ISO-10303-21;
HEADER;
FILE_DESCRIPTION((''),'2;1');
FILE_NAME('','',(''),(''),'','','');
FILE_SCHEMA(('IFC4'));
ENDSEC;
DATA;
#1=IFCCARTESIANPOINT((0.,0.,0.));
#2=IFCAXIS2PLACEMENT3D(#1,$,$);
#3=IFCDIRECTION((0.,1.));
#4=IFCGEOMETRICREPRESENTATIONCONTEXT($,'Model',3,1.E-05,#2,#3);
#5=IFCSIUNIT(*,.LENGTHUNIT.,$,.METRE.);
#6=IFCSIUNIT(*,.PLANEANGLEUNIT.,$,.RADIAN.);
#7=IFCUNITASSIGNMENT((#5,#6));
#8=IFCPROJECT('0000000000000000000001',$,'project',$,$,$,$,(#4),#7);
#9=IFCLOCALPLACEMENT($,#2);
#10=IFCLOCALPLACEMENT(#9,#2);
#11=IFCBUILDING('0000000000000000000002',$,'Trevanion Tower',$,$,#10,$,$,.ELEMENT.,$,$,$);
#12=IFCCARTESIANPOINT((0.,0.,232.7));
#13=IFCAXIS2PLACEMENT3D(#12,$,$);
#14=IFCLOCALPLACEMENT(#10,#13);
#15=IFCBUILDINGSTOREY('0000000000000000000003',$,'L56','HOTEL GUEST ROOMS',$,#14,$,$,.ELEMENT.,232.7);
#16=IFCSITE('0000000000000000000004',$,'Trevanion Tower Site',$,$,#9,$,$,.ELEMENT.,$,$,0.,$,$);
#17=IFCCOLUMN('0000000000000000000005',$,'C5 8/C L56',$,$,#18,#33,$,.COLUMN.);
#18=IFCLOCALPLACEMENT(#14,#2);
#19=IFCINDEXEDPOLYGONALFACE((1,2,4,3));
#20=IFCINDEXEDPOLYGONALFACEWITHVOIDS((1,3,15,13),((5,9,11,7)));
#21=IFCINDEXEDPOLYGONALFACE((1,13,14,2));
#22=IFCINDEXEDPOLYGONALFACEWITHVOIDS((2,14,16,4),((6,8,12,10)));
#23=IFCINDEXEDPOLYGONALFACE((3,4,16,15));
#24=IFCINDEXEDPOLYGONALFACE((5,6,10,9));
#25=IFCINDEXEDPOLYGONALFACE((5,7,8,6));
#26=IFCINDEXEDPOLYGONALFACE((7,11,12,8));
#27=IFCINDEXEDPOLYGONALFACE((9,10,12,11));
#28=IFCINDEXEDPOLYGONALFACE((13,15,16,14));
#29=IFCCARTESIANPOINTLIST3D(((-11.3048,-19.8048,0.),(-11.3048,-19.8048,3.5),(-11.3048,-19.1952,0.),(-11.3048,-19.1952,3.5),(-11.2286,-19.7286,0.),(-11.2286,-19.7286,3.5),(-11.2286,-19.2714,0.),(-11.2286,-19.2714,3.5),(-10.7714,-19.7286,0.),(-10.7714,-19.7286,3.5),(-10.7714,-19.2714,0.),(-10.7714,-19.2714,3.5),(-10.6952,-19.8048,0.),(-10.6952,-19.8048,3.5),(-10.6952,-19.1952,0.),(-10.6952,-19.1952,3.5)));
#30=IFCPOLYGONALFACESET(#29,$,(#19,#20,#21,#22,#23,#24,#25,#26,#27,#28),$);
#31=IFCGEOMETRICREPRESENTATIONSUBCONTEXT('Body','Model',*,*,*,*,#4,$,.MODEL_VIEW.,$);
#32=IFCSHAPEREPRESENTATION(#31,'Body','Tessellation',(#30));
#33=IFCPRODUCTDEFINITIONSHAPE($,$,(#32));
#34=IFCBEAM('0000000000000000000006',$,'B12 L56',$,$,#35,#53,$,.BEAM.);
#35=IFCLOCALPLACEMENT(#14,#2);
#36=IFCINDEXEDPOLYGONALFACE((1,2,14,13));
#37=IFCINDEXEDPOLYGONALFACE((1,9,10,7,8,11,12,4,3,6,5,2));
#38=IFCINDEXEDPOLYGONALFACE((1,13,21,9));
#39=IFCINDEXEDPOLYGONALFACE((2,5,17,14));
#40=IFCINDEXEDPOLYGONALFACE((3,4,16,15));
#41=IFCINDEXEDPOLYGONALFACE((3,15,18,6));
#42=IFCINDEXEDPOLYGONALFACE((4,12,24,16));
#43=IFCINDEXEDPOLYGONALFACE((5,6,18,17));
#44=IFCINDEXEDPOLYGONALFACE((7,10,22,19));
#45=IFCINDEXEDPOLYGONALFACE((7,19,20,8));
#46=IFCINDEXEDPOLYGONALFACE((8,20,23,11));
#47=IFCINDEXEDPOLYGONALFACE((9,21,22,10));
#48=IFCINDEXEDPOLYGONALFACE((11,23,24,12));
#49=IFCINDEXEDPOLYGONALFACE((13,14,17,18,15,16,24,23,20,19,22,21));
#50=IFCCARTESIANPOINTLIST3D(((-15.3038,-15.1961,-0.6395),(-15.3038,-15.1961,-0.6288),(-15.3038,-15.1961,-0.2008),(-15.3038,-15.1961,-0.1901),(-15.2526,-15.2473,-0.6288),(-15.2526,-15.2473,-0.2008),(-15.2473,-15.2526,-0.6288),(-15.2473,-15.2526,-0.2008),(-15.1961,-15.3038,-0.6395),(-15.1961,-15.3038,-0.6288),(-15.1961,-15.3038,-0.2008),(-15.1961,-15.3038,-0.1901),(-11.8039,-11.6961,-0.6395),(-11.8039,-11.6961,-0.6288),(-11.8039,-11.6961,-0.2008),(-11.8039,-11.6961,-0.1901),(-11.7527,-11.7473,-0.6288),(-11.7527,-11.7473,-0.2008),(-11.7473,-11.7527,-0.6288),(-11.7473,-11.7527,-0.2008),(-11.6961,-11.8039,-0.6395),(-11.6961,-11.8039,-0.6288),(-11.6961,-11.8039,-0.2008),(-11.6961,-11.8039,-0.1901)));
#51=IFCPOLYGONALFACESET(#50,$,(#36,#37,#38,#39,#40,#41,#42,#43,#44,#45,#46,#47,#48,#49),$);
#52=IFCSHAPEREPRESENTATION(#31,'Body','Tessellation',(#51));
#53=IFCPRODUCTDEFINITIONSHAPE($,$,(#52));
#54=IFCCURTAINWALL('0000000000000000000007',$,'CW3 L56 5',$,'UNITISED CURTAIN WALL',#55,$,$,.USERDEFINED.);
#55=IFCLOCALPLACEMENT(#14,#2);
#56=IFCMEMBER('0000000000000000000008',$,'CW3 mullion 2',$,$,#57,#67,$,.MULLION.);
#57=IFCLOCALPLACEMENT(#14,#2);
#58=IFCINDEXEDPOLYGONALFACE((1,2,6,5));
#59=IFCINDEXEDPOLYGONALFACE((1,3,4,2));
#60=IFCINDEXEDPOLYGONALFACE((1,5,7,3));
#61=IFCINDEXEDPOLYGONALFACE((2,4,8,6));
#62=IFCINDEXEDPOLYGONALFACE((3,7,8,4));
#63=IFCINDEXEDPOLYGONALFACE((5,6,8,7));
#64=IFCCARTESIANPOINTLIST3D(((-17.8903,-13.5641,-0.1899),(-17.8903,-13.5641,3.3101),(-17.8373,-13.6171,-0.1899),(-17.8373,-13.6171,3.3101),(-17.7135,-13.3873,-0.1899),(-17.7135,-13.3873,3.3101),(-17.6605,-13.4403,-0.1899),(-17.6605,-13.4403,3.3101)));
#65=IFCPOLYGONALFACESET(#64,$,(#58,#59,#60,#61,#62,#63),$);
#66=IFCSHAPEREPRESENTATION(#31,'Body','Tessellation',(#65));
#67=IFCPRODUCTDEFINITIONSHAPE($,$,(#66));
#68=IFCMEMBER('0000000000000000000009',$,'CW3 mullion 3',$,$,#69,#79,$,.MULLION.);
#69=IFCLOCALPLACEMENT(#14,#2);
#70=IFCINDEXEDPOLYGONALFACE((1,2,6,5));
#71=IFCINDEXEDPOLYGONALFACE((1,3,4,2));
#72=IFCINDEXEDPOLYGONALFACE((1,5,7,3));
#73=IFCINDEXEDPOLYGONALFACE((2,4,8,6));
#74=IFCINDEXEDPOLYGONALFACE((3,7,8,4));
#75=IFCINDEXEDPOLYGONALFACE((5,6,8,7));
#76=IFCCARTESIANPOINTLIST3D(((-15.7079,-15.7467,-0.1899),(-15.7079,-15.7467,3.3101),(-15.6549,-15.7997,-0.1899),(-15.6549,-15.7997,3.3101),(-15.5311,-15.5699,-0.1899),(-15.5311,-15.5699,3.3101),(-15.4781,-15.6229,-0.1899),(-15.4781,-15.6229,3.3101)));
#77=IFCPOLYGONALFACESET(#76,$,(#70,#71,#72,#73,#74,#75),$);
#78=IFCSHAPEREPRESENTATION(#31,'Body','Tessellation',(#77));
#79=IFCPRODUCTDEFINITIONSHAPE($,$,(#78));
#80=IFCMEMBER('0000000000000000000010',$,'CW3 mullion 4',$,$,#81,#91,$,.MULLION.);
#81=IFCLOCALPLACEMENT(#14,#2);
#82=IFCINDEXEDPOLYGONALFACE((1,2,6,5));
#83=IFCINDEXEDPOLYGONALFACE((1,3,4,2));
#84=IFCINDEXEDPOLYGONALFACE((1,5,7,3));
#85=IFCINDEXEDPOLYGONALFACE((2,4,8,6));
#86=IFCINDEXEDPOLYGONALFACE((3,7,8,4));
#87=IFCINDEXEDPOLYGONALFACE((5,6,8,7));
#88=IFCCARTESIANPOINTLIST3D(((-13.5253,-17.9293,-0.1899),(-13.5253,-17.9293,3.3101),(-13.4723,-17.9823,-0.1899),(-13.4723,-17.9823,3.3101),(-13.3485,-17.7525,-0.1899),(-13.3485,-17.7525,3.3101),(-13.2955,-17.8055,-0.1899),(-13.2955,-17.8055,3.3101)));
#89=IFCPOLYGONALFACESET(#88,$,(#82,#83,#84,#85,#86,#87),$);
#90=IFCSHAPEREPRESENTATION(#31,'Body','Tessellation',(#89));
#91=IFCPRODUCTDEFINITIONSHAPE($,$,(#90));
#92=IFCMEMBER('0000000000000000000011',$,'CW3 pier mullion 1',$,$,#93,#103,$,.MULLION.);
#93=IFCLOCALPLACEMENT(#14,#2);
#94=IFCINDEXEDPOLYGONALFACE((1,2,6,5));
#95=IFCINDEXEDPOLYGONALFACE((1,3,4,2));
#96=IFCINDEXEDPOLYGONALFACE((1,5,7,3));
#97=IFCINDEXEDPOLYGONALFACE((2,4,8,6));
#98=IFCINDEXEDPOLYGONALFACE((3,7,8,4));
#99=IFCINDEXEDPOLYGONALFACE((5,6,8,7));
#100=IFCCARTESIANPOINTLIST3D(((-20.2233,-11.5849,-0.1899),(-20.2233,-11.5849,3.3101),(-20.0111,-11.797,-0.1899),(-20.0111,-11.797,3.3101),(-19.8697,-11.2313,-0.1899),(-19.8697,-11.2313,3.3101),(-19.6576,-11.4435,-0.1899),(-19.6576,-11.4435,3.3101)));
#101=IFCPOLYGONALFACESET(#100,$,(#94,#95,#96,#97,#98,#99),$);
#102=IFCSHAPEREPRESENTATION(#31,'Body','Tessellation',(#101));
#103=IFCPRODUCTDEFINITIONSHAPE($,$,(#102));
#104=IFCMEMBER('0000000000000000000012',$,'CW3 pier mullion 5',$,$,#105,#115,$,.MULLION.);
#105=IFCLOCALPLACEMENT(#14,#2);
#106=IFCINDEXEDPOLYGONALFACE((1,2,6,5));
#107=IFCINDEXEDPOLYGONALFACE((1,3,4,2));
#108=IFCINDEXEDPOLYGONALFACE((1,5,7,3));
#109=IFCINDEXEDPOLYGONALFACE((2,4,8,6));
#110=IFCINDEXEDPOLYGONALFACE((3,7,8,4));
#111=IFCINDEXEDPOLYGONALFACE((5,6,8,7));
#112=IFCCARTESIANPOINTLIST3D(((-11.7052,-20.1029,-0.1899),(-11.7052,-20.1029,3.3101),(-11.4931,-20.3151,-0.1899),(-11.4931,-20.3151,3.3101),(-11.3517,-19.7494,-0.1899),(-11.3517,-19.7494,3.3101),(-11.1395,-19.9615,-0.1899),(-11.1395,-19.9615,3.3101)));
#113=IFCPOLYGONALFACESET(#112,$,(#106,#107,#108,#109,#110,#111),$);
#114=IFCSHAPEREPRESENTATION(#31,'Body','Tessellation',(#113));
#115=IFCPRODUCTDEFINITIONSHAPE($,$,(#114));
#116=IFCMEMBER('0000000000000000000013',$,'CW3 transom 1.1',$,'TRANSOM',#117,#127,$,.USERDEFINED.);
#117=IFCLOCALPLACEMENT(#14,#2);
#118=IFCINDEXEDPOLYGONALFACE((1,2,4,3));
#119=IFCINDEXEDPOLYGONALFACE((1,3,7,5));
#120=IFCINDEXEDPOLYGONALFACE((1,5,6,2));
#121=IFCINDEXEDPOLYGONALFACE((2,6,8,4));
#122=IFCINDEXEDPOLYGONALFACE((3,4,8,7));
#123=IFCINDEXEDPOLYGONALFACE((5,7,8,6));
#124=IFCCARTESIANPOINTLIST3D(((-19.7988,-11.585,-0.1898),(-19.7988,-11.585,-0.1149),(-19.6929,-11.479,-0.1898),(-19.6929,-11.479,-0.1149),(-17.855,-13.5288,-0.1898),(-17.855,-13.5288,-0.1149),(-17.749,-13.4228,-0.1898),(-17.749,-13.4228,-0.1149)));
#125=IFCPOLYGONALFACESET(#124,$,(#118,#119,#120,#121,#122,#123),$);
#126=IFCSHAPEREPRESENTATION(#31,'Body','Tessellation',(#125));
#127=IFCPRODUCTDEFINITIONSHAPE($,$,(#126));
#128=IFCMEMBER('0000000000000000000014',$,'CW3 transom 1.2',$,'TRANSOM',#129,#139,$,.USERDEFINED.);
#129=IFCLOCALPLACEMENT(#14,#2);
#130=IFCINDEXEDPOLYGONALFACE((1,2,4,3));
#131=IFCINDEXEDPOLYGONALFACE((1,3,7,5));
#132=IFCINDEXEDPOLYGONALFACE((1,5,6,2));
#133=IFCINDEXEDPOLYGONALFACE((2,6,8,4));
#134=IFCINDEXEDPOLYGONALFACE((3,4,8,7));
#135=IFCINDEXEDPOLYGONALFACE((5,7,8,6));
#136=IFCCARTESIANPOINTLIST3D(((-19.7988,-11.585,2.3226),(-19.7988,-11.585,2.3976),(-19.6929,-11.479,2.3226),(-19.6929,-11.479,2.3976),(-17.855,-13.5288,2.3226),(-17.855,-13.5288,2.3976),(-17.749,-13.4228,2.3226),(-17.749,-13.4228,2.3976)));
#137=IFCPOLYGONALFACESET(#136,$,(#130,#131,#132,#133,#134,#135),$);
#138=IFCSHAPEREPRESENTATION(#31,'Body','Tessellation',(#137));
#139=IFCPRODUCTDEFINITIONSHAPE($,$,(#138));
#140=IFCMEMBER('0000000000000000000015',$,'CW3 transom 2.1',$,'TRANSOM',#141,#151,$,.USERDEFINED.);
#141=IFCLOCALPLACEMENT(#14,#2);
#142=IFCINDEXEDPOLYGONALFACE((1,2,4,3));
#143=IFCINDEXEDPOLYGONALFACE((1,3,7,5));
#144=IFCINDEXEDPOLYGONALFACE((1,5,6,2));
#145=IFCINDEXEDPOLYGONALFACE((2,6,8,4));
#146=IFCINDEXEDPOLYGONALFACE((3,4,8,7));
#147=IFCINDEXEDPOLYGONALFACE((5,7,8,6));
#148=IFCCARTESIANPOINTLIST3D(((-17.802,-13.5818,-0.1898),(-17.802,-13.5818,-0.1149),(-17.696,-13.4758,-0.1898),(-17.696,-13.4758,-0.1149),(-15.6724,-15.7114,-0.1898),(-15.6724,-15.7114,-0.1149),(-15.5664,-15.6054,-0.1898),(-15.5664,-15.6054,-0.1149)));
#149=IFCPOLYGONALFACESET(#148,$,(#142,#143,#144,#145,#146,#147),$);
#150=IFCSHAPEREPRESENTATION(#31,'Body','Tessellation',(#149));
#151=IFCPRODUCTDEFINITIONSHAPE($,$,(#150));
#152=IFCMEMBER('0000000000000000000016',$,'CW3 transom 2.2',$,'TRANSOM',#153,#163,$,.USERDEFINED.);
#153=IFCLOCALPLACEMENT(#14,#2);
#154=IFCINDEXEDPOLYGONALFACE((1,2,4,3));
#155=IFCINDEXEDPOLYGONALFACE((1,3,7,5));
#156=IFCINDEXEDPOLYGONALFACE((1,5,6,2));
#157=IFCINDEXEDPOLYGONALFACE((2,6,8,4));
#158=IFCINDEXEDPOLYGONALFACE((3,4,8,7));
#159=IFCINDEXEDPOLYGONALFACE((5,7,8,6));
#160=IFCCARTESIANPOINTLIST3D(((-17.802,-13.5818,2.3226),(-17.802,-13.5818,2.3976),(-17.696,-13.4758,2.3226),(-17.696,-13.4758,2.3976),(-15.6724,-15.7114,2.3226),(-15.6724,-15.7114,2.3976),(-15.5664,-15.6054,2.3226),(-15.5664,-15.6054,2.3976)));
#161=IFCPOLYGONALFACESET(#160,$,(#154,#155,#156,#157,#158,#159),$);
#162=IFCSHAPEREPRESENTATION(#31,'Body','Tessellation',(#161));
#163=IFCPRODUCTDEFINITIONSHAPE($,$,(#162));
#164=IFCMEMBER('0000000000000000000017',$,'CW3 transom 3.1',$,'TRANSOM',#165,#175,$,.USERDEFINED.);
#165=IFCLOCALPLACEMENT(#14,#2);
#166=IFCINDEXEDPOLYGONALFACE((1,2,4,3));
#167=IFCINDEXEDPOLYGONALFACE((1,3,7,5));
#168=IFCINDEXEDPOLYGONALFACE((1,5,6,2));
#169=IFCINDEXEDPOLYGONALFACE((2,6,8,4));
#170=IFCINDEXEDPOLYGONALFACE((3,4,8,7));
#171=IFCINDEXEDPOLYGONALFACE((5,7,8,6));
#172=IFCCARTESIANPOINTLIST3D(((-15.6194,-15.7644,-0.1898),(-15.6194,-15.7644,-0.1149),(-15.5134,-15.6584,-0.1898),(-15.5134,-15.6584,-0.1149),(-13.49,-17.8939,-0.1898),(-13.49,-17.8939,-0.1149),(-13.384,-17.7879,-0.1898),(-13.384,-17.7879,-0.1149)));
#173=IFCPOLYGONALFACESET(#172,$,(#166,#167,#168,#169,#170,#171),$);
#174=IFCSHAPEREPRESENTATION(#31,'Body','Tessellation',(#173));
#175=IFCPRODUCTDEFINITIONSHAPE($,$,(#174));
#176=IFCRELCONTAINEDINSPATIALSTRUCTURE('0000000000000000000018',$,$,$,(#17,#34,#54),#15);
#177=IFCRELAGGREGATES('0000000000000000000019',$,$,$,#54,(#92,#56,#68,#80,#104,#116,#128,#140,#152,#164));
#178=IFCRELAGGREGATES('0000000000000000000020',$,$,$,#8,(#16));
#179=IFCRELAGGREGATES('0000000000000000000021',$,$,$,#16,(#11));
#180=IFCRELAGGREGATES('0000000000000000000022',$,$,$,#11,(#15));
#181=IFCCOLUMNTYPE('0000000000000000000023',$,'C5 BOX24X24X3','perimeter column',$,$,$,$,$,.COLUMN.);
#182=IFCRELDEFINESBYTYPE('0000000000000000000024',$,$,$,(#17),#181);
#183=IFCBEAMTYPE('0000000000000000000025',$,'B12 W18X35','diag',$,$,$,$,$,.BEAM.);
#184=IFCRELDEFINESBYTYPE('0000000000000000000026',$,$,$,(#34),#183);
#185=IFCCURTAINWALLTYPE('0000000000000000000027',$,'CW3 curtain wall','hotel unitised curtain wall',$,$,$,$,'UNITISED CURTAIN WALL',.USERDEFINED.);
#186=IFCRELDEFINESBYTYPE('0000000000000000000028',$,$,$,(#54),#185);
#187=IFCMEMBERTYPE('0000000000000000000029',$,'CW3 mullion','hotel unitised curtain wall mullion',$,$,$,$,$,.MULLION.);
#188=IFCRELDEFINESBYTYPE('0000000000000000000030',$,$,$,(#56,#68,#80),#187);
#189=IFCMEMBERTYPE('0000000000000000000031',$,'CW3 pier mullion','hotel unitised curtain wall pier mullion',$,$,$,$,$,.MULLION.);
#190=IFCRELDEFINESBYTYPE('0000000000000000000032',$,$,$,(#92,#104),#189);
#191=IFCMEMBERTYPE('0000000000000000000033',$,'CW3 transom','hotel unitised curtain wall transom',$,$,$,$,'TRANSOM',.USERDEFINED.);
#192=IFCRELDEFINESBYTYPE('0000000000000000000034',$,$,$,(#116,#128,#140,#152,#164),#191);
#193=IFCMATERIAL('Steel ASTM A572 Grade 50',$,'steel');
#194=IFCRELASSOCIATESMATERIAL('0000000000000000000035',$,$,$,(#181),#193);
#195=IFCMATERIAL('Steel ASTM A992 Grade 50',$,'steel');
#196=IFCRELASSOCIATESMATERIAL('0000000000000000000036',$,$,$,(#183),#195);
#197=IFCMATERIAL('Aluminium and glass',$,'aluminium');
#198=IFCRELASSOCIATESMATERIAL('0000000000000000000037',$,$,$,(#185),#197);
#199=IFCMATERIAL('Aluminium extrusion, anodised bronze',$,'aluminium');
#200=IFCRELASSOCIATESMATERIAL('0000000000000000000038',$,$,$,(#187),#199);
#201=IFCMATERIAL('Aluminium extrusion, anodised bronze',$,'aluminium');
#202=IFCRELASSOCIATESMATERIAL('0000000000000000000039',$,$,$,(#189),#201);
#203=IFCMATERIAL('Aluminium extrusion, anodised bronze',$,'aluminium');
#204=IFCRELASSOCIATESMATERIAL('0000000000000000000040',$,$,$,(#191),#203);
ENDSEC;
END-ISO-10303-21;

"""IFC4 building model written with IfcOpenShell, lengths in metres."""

from ifc_helpers import new_model, si_unit, direction, frame, origin, origin_2d, place, context, subcontext, project, spatial, rectangle, hollow_rectangle, i_section, extrude, material, material_profile, profile_set, type_object, element, aggregate, save


model = new_model("IFC4")

# Units and contexts
model_context = context("Model", 3, precision=1e-05, world=origin(), true_north=direction((0.0, 1.0)))
body_context = subcontext(model_context, "Body", "Model", "MODEL_VIEW")
ifc_project = project(units=[si_unit("LENGTHUNIT", "METRE"), si_unit("PLANEANGLEUNIT", "RADIAN")], contexts=[model_context])

# Site, building, storey
site_placement = place(None, origin())
site = spatial("IfcSite", under=ifc_project, at=site_placement, Name="Trevanion Tower Site", CompositionType="ELEMENT", RefElevation=0.0)
building_placement = place(site_placement, origin())
building = spatial("IfcBuilding", under=site, at=building_placement, Name="Trevanion Tower", CompositionType="ELEMENT")
storey_placement = place(building_placement, frame((0.0, 0.0, 232.7)))
storey = spatial("IfcBuildingStorey", under=building, at=storey_placement, Name="L56", Description="HOTEL GUEST ROOMS", CompositionType="ELEMENT", Elevation=232.7)

# Column
ifc_material_1 = material(Name="Steel ASTM A572 Grade 50", Category="steel")
ifc_material_profile_1 = material_profile(ifc_material_1, hollow_rectangle(XDim=0.6096, YDim=0.6096, WallThickness=0.0762, at=origin_2d()), Name="BOX24X24X3")
ifc_profile_set_1 = profile_set([ifc_material_profile_1], Name="Steel ASTM A572 Grade 50")
column_type = type_object("IfcColumnType", Name="C5 BOX24X24X3", Description="perimeter column", PredefinedType="COLUMN", material=ifc_profile_set_1)
column_placement = place(storey_placement, frame((-11.0, -19.5, 0.0), z_axis=(0.0, 0.0, 1.0), x_axis=(1.0, 0.0, 0.0)))
element("IfcColumn", 1, at=column_placement, inside=storey, type_object=column_type, Name="C5 8/C L56", PredefinedType="COLUMN", context=body_context, shape_type="SweptSolid", body=[
    extrude(hollow_rectangle(XDim=0.6096, YDim=0.6096, WallThickness=0.0762, at=origin_2d()), origin(), (0.0, 0.0, 1.0), 3.5),
])

# Beam
ifc_material_2 = material(Name="Steel ASTM A992 Grade 50", Category="steel")
ifc_material_profile_2 = material_profile(ifc_material_2, i_section(OverallWidth=0.1523, OverallDepth=0.4495, WebThickness=0.0076, FlangeThickness=0.0107, at=origin_2d()), Name="W18X35")
ifc_profile_set_2 = profile_set([ifc_material_profile_2], Name="Steel ASTM A992 Grade 50")
beam_type_1 = type_object("IfcBeamType", Name="B12 W18X35", Description="diag", PredefinedType="BEAM", material=ifc_profile_set_2)
beam_1_placement = place(storey_placement, frame((-11.75, -11.75, -0.4148), z_axis=(-0.707107, -0.707107, 0.0), x_axis=(0.707107, -0.707107, 0.0)))
element("IfcBeam", 2, at=beam_1_placement, inside=storey, type_object=beam_type_1, Name="B12 L56", PredefinedType="BEAM", context=body_context, shape_type="SweptSolid", body=[
    extrude(i_section(OverallWidth=0.1523, OverallDepth=0.4495, WebThickness=0.0076, FlangeThickness=0.0107, at=origin_2d()), origin(), (0.0, 0.0, 1.0), 4.9497),
])

# Curtain wall, members
ifc_material_3 = material(Name="Aluminium and glass", Category="aluminium")
curtain_wall_type = type_object("IfcCurtainWallType", Name="CW3 curtain wall", Description="hotel unitised curtain wall", ElementType="UNITISED CURTAIN WALL", PredefinedType="USERDEFINED", material=ifc_material_3)
curtain_wall_placement = place(storey_placement, origin())
curtain_wall = element("IfcCurtainWall", 3, at=curtain_wall_placement, inside=storey, type_object=curtain_wall_type, Name="CW3 L56 5", ObjectType="UNITISED CURTAIN WALL", PredefinedType="USERDEFINED")
ifc_material_4 = material(Name="Aluminium extrusion, anodised bronze", Category="aluminium")
ifc_material_profile_3 = material_profile(ifc_material_4, rectangle(XDim=0.075, YDim=0.25, at=origin_2d()), Name="CW3 mullion")
ifc_profile_set_3 = profile_set([ifc_material_profile_3], Name="Aluminium extrusion, anodised bronze")
member_type_1 = type_object("IfcMemberType", Name="CW3 mullion", Description="hotel unitised curtain wall mullion", PredefinedType="MULLION", material=ifc_profile_set_3)
member_1_placement = place(storey_placement, frame((-17.7754, -13.5022, -0.1899), z_axis=(0.0, 0.0, 1.0), x_axis=(0.707107, -0.707107, 0.0)))
member_1 = element("IfcMember", 4, at=member_1_placement, type_object=member_type_1, Name="CW3 mullion 2", PredefinedType="MULLION", context=body_context, shape_type="SweptSolid", body=[
    extrude(rectangle(XDim=0.075, YDim=0.25, at=origin_2d()), origin(), (0.0, 0.0, 1.0), 3.5),
])
member_2_placement = place(storey_placement, frame((-15.593, -15.6848, -0.1899), z_axis=(0.0, 0.0, 1.0), x_axis=(0.707107, -0.707107, 0.0)))
member_2 = element("IfcMember", 5, at=member_2_placement, type_object=member_type_1, Name="CW3 mullion 3", PredefinedType="MULLION", context=body_context, shape_type="SweptSolid", body=[
    extrude(rectangle(XDim=0.075, YDim=0.25, at=origin_2d()), origin(), (0.0, 0.0, 1.0), 3.5),
])
member_3_placement = place(storey_placement, frame((-13.4104, -17.8674, -0.1899), z_axis=(0.0, 0.0, 1.0), x_axis=(0.707107, -0.707107, 0.0)))
member_3 = element("IfcMember", 6, at=member_3_placement, type_object=member_type_1, Name="CW3 mullion 4", PredefinedType="MULLION", context=body_context, shape_type="SweptSolid", body=[
    extrude(rectangle(XDim=0.075, YDim=0.25, at=origin_2d()), origin(), (0.0, 0.0, 1.0), 3.5),
])
ifc_material_5 = material(Name="Aluminium extrusion, anodised bronze", Category="aluminium")
ifc_material_profile_4 = material_profile(ifc_material_5, rectangle(XDim=0.3, YDim=0.5, at=origin_2d()), Name="CW3 pier mullion")
ifc_profile_set_4 = profile_set([ifc_material_profile_4], Name="Aluminium extrusion, anodised bronze")
member_type_2 = type_object("IfcMemberType", Name="CW3 pier mullion", Description="hotel unitised curtain wall pier mullion", PredefinedType="MULLION", material=ifc_profile_set_4)
member_4_placement = place(storey_placement, frame((-19.9404, -11.5142, -0.1899), z_axis=(0.0, 0.0, 1.0), x_axis=(0.707107, -0.707107, 0.0)))
member_4 = element("IfcMember", 7, at=member_4_placement, type_object=member_type_2, Name="CW3 pier mullion 1", PredefinedType="MULLION", context=body_context, shape_type="SweptSolid", body=[
    extrude(rectangle(XDim=0.3, YDim=0.5, at=origin_2d()), origin(), (0.0, 0.0, 1.0), 3.5),
])
member_5_placement = place(storey_placement, frame((-11.4224, -20.0322, -0.1899), z_axis=(0.0, 0.0, 1.0), x_axis=(0.707107, -0.707107, 0.0)))
member_5 = element("IfcMember", 8, at=member_5_placement, type_object=member_type_2, Name="CW3 pier mullion 5", PredefinedType="MULLION", context=body_context, shape_type="SweptSolid", body=[
    extrude(rectangle(XDim=0.3, YDim=0.5, at=origin_2d()), origin(), (0.0, 0.0, 1.0), 3.5),
])
ifc_material_6 = material(Name="Aluminium extrusion, anodised bronze", Category="aluminium")
ifc_material_profile_5 = material_profile(ifc_material_6, rectangle(XDim=0.1499, YDim=0.075, at=origin_2d()), Name="CW3 transom")
ifc_profile_set_5 = profile_set([ifc_material_profile_5], Name="Aluminium extrusion, anodised bronze")
member_type_3 = type_object("IfcMemberType", Name="CW3 transom", Description="hotel unitised curtain wall transom", ElementType="TRANSOM", PredefinedType="USERDEFINED", material=ifc_profile_set_5)
member_6_placement = place(storey_placement, frame((-19.7458, -11.532, -0.1523), z_axis=(0.707107, -0.707107, 0.0), x_axis=(0.707107, 0.707107, 0.0)))
member_6 = element("IfcMember", 9, at=member_6_placement, type_object=member_type_3, Name="CW3 transom 1.1", ObjectType="TRANSOM", PredefinedType="USERDEFINED", context=body_context, shape_type="SweptSolid", body=[
    extrude(rectangle(XDim=0.1499, YDim=0.075, at=origin_2d()), origin(), (0.0, 0.0, 1.0), 2.749),
])
member_7_placement = place(storey_placement, frame((-19.7458, -11.532, 2.3601), z_axis=(0.707107, -0.707107, 0.0), x_axis=(0.707107, 0.707107, 0.0)))
member_7 = element("IfcMember", 10, at=member_7_placement, type_object=member_type_3, Name="CW3 transom 1.2", ObjectType="TRANSOM", PredefinedType="USERDEFINED", context=body_context, shape_type="SweptSolid", body=[
    extrude(rectangle(XDim=0.1499, YDim=0.075, at=origin_2d()), origin(), (0.0, 0.0, 1.0), 2.749),
])
member_8_placement = place(storey_placement, frame((-17.749, -13.5288, -0.1523), z_axis=(0.707107, -0.707107, 0.0), x_axis=(0.707107, 0.707107, 0.0)))
member_8 = element("IfcMember", 11, at=member_8_placement, type_object=member_type_3, Name="CW3 transom 2.1", ObjectType="TRANSOM", PredefinedType="USERDEFINED", context=body_context, shape_type="SweptSolid", body=[
    extrude(rectangle(XDim=0.1499, YDim=0.075, at=origin_2d()), origin(), (0.0, 0.0, 1.0), 3.0117),
])
member_9_placement = place(storey_placement, frame((-17.749, -13.5288, 2.3601), z_axis=(0.707107, -0.707107, 0.0), x_axis=(0.707107, 0.707107, 0.0)))
member_9 = element("IfcMember", 12, at=member_9_placement, type_object=member_type_3, Name="CW3 transom 2.2", ObjectType="TRANSOM", PredefinedType="USERDEFINED", context=body_context, shape_type="SweptSolid", body=[
    extrude(rectangle(XDim=0.1499, YDim=0.075, at=origin_2d()), origin(), (0.0, 0.0, 1.0), 3.0117),
])
member_10_placement = place(storey_placement, frame((-15.5664, -15.7114, -0.1523), z_axis=(0.707107, -0.707107, 0.0), x_axis=(0.707107, 0.707107, 0.0)))
member_10 = element("IfcMember", 13, at=member_10_placement, type_object=member_type_3, Name="CW3 transom 3.1", ObjectType="TRANSOM", PredefinedType="USERDEFINED", context=body_context, shape_type="SweptSolid", body=[
    extrude(rectangle(XDim=0.1499, YDim=0.075, at=origin_2d()), origin(), (0.0, 0.0, 1.0), 3.0115),
])

aggregate(curtain_wall, [member_4, member_1, member_2, member_3, member_5, member_6, member_7, member_8, member_9, member_10])

save(model, "model.ifc")
